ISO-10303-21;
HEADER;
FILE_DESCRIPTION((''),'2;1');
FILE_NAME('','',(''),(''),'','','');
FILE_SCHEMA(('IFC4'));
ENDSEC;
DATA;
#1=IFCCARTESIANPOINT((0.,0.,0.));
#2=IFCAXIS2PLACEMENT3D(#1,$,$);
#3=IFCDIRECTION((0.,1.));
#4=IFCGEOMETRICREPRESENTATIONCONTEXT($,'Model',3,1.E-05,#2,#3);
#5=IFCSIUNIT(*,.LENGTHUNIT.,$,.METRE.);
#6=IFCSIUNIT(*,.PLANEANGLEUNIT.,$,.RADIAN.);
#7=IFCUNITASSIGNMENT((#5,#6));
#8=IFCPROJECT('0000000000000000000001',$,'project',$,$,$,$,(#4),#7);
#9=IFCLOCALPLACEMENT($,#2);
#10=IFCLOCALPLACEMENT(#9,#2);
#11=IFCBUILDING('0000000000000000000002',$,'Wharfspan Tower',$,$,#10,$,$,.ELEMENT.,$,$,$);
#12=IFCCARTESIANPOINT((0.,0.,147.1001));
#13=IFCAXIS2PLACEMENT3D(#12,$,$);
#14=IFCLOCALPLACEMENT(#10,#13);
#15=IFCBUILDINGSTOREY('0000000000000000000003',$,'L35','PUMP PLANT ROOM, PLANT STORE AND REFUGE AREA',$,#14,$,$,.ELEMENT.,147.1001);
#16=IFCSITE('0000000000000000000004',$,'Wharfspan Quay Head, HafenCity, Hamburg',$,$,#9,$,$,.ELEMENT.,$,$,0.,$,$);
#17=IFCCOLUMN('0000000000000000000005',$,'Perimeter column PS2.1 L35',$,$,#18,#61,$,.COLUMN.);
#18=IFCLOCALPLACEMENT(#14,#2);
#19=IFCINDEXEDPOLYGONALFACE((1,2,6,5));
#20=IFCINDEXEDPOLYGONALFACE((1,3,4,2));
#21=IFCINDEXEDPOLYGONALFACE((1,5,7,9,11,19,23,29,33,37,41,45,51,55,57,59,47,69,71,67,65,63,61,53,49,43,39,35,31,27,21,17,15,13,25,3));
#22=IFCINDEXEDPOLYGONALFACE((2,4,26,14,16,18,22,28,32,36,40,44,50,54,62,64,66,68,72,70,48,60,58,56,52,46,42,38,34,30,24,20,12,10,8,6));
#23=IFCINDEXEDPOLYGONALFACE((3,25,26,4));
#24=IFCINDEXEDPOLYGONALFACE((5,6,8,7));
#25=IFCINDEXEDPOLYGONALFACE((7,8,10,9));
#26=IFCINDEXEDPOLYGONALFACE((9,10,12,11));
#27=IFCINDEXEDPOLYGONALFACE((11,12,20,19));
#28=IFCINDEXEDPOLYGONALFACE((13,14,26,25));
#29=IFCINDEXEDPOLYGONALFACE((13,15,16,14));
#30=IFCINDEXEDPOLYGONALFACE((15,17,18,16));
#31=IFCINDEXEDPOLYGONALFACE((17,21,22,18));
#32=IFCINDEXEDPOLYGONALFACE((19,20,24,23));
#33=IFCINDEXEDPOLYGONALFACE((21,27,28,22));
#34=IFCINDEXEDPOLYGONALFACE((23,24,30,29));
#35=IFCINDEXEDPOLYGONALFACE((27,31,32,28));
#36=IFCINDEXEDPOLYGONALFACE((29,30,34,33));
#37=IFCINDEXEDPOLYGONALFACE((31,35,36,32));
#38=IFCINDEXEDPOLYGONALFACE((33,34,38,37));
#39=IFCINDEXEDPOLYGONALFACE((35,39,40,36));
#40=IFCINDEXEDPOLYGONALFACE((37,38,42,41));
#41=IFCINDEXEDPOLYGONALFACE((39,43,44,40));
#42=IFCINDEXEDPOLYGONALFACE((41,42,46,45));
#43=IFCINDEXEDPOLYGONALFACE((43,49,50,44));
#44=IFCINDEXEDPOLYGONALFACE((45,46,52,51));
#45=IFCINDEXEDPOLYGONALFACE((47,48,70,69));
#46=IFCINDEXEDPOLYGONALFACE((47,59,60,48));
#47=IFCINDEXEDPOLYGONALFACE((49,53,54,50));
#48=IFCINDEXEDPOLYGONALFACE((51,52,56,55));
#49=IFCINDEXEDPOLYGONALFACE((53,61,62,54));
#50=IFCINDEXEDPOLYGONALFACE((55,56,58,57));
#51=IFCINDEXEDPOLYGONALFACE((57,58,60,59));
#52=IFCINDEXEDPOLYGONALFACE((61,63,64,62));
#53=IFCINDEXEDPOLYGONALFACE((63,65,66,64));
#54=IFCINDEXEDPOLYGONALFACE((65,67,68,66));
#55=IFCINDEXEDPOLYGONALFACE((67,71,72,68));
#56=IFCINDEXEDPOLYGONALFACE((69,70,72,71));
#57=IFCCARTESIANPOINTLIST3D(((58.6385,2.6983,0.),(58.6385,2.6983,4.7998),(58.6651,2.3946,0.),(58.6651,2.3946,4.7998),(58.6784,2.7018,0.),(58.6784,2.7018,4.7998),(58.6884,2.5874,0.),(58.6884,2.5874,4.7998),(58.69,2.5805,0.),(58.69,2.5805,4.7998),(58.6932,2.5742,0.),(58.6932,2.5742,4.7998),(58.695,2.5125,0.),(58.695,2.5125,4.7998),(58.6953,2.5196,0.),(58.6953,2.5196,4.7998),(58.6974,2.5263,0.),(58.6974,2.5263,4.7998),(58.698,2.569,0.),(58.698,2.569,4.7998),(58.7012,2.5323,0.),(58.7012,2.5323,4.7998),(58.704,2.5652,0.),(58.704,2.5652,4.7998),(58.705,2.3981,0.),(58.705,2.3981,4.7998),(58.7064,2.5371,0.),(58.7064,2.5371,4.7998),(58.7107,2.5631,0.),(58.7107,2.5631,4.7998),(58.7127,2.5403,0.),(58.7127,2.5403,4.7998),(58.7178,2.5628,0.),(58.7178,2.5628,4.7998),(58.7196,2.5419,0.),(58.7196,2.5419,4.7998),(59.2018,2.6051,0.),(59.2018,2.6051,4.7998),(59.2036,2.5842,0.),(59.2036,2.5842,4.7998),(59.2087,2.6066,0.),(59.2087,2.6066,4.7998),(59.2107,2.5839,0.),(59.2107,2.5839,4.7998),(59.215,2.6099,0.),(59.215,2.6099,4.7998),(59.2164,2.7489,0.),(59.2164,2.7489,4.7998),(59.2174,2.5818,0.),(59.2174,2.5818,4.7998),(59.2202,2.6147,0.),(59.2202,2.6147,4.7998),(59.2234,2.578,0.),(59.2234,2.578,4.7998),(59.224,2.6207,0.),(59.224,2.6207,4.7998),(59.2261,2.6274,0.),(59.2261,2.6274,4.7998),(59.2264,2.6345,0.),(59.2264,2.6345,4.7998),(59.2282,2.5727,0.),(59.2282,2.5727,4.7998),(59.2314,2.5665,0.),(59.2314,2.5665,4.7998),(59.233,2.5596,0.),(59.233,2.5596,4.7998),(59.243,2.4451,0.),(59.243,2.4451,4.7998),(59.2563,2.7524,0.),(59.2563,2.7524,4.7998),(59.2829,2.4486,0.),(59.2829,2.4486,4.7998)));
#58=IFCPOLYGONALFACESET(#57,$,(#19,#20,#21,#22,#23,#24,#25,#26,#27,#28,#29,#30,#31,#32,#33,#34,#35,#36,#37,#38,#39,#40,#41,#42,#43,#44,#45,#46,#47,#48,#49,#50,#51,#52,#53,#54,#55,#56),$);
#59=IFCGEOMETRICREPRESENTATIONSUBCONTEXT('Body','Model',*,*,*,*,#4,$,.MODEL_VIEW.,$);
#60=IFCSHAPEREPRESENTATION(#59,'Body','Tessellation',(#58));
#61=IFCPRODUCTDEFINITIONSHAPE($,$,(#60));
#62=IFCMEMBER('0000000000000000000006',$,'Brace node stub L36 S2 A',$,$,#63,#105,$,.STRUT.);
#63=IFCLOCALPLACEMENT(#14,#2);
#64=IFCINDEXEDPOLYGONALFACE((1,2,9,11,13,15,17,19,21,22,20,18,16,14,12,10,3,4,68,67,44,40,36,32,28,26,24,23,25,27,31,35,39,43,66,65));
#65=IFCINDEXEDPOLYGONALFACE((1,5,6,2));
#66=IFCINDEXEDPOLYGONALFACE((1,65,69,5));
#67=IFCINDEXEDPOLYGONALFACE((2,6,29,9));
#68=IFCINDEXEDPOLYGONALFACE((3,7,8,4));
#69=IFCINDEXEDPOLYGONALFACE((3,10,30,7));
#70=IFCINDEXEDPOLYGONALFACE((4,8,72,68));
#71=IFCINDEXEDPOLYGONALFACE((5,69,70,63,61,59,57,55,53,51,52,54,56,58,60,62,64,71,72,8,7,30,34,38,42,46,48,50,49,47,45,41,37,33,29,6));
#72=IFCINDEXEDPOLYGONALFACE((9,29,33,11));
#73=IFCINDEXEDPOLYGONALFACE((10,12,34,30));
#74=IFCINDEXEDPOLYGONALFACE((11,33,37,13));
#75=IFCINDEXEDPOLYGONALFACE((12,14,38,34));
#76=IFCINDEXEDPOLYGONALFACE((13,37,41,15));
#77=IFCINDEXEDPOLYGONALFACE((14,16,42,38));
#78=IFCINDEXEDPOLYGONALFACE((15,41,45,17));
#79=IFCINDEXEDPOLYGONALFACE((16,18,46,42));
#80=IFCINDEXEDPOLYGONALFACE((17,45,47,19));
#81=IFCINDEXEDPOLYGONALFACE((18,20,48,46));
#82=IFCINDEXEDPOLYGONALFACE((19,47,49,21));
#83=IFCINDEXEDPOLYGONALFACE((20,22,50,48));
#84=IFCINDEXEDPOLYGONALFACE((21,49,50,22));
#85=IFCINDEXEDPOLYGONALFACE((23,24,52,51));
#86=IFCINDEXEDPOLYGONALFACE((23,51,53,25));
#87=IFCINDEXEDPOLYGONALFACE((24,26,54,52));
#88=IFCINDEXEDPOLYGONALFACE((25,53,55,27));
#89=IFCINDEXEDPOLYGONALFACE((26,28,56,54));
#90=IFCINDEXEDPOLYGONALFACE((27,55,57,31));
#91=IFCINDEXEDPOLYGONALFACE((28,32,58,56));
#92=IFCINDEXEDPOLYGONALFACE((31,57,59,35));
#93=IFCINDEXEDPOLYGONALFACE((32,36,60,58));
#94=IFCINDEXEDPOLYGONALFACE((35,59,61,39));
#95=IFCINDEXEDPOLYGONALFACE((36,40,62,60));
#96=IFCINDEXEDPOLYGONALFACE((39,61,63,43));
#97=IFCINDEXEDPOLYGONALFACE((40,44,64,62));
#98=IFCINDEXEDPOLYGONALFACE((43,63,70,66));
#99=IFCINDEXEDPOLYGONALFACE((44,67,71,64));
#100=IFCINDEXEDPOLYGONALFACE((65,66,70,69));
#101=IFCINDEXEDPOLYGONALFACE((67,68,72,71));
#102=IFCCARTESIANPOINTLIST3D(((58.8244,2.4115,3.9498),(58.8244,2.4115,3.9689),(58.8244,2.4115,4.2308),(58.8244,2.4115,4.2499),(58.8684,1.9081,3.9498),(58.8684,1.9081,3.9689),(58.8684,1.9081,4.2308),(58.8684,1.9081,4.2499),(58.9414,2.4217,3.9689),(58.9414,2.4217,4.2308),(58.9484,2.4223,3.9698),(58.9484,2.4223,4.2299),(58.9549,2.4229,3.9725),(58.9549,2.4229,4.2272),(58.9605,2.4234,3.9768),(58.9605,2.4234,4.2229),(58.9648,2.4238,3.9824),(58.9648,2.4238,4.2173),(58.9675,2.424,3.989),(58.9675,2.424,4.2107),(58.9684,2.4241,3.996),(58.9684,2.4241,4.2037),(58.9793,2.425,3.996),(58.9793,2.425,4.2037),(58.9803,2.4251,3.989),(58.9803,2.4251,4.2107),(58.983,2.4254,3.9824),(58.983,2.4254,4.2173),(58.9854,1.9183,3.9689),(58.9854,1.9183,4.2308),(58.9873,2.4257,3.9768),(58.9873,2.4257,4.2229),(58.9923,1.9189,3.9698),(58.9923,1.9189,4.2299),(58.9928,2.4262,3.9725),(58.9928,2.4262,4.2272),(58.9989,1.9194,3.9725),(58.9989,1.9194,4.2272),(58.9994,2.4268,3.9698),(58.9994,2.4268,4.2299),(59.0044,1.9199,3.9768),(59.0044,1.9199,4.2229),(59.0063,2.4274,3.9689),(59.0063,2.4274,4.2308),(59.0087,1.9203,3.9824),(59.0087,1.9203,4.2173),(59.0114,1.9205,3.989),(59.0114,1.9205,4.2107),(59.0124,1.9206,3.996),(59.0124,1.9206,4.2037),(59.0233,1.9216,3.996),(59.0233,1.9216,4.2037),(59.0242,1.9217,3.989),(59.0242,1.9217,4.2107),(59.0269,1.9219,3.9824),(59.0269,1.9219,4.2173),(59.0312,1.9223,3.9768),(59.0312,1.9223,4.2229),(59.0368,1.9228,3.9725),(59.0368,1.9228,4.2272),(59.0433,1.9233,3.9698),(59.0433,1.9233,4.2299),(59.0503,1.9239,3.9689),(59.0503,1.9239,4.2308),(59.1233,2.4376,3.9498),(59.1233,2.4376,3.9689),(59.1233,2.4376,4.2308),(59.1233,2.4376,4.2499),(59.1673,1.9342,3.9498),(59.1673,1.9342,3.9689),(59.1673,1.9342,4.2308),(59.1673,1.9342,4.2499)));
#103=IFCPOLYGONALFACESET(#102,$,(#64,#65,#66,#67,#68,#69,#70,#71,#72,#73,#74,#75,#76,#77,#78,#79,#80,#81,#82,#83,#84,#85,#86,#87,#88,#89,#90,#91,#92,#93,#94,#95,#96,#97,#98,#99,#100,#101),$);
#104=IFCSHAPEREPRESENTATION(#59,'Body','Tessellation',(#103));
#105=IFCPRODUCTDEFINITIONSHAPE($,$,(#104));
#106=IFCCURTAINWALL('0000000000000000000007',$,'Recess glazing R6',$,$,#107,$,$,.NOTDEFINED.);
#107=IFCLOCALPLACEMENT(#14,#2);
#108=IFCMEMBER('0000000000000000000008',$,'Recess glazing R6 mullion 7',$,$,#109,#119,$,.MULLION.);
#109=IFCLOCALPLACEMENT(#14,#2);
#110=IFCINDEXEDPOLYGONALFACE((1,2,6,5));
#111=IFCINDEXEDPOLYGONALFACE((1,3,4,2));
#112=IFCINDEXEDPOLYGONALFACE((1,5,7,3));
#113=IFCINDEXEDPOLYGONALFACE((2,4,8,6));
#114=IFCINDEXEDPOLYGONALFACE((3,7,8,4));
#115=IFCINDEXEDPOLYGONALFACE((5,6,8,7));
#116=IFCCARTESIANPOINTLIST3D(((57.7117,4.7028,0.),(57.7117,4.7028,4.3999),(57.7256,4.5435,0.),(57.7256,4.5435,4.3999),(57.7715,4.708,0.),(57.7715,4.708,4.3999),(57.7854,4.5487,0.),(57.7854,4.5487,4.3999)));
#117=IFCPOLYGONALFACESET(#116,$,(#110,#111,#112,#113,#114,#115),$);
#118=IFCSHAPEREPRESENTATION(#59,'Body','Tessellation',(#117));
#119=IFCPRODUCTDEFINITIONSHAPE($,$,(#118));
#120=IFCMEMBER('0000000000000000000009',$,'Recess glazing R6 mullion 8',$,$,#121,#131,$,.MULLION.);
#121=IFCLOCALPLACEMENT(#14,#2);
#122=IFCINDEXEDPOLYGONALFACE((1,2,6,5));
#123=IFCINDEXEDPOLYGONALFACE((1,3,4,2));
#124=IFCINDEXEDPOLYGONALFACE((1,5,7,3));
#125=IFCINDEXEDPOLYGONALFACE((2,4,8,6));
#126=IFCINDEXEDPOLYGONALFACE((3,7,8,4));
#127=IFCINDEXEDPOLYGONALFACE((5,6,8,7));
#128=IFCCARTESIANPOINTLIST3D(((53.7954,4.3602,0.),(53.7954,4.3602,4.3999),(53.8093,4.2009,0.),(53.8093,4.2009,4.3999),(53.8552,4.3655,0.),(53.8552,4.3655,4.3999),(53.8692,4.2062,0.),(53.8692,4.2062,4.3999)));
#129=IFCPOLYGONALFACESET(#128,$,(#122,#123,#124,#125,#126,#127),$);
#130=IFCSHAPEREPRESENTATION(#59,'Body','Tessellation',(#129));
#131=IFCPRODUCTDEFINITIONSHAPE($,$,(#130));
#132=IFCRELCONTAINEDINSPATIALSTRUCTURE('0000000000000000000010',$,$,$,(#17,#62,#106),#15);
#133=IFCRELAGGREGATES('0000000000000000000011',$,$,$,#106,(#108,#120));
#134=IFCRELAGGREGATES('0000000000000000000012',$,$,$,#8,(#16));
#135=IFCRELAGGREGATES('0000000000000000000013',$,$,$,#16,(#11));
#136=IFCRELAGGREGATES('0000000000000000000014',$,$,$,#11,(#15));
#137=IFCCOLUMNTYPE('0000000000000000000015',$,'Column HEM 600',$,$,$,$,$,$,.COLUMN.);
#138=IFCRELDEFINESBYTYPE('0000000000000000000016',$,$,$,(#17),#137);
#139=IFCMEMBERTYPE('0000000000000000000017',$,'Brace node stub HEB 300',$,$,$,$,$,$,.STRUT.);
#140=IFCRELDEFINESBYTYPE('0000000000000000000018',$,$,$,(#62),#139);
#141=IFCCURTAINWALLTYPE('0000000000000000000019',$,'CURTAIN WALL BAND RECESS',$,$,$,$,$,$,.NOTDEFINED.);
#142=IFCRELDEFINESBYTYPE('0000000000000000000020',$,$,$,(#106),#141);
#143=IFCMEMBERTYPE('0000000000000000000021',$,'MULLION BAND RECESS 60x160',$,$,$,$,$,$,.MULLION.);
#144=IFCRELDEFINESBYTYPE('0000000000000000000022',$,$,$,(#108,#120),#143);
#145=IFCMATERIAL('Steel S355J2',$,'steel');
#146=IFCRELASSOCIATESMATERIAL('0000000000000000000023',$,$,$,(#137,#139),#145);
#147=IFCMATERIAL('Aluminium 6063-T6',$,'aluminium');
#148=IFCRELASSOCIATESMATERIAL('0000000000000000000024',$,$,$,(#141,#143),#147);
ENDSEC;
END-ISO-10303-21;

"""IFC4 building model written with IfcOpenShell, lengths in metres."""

from ifc_helpers import new_model, si_unit, direction, frame, origin, origin_2d, place, context, subcontext, project, spatial, rectangle, i_section, extrude, material, material_profile, profile_set, type_object, element, aggregate, save


model = new_model("IFC4")

# Units and contexts
model_context = context("Model", 3, precision=1e-05, world=origin(), true_north=direction((0.0, 1.0)))
body_context = subcontext(model_context, "Body", "Model", "MODEL_VIEW")
ifc_project = project(units=[si_unit("LENGTHUNIT", "METRE"), si_unit("PLANEANGLEUNIT", "RADIAN")], contexts=[model_context])

# Site, building, storey
site_placement = place(None, origin())
site = spatial("IfcSite", under=ifc_project, at=site_placement, Name="Wharfspan Quay Head, HafenCity, Hamburg", CompositionType="ELEMENT", RefElevation=0.0)
building_placement = place(site_placement, origin())
building = spatial("IfcBuilding", under=site, at=building_placement, Name="Wharfspan Tower", CompositionType="ELEMENT")
storey_placement = place(building_placement, frame((0.0, 0.0, 147.1001)))
storey = spatial("IfcBuildingStorey", under=building, at=storey_placement, Name="L35", Description="PUMP PLANT ROOM, PLANT STORE AND REFUGE AREA", CompositionType="ELEMENT", Elevation=147.1001)

# Column
ifc_material_1 = material(Name="Steel S355J2", Category="steel")
ifc_material_profile_1 = material_profile(ifc_material_1, i_section(OverallWidth=0.3049, OverallDepth=0.6201, WebThickness=0.021, FlangeThickness=0.04, FilletRadius=0.0271, at=origin_2d()))
ifc_profile_set_1 = profile_set([ifc_material_profile_1], Name="Steel S355J2")
column_type = type_object("IfcColumnType", Name="Column HEM 600", PredefinedType="COLUMN", material=ifc_profile_set_1)
column_placement = place(storey_placement, frame((58.9607, 2.5735, 0.0), z_axis=(0.0, 0.0, 1.0), x_axis=(0.087156, -0.996198, 0.0)))
element("IfcColumn", 1, at=column_placement, inside=storey, type_object=column_type, Name="Perimeter column PS2.1 L35", PredefinedType="COLUMN", context=body_context, shape_type="SweptSolid", body=[
    extrude(i_section(OverallWidth=0.3049, OverallDepth=0.6201, WebThickness=0.021, FlangeThickness=0.04, FilletRadius=0.0271, at=origin_2d()), origin(), (0.0, 0.0, 1.0), 4.7998),
])

# Member
ifc_material_profile_2 = material_profile(ifc_material_1, i_section(OverallWidth=0.3, OverallDepth=0.3, WebThickness=0.011, FlangeThickness=0.019, FilletRadius=0.0271, at=origin_2d()))
ifc_profile_set_2 = profile_set([ifc_material_profile_2], Name="Steel S355J2")
member_type_1 = type_object("IfcMemberType", Name="Brace node stub HEB 300", PredefinedType="STRUT", material=ifc_profile_set_2)
member_1_placement = place(storey_placement, frame((58.9739, 2.4246, 4.0999), z_axis=(0.086963, -0.996212, 0.0), x_axis=(0.996212, 0.086963, 0.0)))
element("IfcMember", 2, at=member_1_placement, inside=storey, type_object=member_type_1, Name="Brace node stub L36 S2 A", PredefinedType="STRUT", context=body_context, shape_type="SweptSolid", body=[
    extrude(i_section(OverallWidth=0.3, OverallDepth=0.3, WebThickness=0.011, FlangeThickness=0.019, FilletRadius=0.0271, at=origin_2d()), origin(), (0.0, 0.0, 1.0), 0.5054),
])

# Curtain wall, members
ifc_material_2 = material(Name="Aluminium 6063-T6", Category="aluminium")
curtain_wall_type = type_object("IfcCurtainWallType", Name="CURTAIN WALL BAND RECESS", PredefinedType="NOTDEFINED", material=ifc_material_2)
curtain_wall_placement = place(storey_placement, origin())
curtain_wall = element("IfcCurtainWall", 3, at=curtain_wall_placement, inside=storey, type_object=curtain_wall_type, Name="Recess glazing R6", PredefinedType="NOTDEFINED")
ifc_material_profile_3 = material_profile(ifc_material_2, rectangle(XDim=0.1599, YDim=0.0601, at=origin_2d()))
ifc_profile_set_3 = profile_set([ifc_material_profile_3], Name="Aluminium 6063-T6")
member_type_2 = type_object("IfcMemberType", Name="MULLION BAND RECESS 60x160", PredefinedType="MULLION", material=ifc_profile_set_3)
member_2_placement = place(storey_placement, frame((57.7485, 4.6257, 0.0), z_axis=(0.0, 0.0, 1.0), x_axis=(0.087156, -0.996198, 0.0)))
member_2 = element("IfcMember", 4, at=member_2_placement, type_object=member_type_2, Name="Recess glazing R6 mullion 7", PredefinedType="MULLION", context=body_context, shape_type="SweptSolid", body=[
    extrude(rectangle(XDim=0.1599, YDim=0.0601, at=origin_2d()), origin(), (0.0, 0.0, 1.0), 4.3999),
])
member_3_placement = place(storey_placement, frame((53.8323, 4.2832, 0.0), z_axis=(0.0, 0.0, 1.0), x_axis=(0.087156, -0.996198, 0.0)))
member_3 = element("IfcMember", 5, at=member_3_placement, type_object=member_type_2, Name="Recess glazing R6 mullion 8", PredefinedType="MULLION", context=body_context, shape_type="SweptSolid", body=[
    extrude(rectangle(XDim=0.1599, YDim=0.0601, at=origin_2d()), origin(), (0.0, 0.0, 1.0), 4.3999),
])

aggregate(curtain_wall, [member_2, member_3])

save(model, "model.ifc")
